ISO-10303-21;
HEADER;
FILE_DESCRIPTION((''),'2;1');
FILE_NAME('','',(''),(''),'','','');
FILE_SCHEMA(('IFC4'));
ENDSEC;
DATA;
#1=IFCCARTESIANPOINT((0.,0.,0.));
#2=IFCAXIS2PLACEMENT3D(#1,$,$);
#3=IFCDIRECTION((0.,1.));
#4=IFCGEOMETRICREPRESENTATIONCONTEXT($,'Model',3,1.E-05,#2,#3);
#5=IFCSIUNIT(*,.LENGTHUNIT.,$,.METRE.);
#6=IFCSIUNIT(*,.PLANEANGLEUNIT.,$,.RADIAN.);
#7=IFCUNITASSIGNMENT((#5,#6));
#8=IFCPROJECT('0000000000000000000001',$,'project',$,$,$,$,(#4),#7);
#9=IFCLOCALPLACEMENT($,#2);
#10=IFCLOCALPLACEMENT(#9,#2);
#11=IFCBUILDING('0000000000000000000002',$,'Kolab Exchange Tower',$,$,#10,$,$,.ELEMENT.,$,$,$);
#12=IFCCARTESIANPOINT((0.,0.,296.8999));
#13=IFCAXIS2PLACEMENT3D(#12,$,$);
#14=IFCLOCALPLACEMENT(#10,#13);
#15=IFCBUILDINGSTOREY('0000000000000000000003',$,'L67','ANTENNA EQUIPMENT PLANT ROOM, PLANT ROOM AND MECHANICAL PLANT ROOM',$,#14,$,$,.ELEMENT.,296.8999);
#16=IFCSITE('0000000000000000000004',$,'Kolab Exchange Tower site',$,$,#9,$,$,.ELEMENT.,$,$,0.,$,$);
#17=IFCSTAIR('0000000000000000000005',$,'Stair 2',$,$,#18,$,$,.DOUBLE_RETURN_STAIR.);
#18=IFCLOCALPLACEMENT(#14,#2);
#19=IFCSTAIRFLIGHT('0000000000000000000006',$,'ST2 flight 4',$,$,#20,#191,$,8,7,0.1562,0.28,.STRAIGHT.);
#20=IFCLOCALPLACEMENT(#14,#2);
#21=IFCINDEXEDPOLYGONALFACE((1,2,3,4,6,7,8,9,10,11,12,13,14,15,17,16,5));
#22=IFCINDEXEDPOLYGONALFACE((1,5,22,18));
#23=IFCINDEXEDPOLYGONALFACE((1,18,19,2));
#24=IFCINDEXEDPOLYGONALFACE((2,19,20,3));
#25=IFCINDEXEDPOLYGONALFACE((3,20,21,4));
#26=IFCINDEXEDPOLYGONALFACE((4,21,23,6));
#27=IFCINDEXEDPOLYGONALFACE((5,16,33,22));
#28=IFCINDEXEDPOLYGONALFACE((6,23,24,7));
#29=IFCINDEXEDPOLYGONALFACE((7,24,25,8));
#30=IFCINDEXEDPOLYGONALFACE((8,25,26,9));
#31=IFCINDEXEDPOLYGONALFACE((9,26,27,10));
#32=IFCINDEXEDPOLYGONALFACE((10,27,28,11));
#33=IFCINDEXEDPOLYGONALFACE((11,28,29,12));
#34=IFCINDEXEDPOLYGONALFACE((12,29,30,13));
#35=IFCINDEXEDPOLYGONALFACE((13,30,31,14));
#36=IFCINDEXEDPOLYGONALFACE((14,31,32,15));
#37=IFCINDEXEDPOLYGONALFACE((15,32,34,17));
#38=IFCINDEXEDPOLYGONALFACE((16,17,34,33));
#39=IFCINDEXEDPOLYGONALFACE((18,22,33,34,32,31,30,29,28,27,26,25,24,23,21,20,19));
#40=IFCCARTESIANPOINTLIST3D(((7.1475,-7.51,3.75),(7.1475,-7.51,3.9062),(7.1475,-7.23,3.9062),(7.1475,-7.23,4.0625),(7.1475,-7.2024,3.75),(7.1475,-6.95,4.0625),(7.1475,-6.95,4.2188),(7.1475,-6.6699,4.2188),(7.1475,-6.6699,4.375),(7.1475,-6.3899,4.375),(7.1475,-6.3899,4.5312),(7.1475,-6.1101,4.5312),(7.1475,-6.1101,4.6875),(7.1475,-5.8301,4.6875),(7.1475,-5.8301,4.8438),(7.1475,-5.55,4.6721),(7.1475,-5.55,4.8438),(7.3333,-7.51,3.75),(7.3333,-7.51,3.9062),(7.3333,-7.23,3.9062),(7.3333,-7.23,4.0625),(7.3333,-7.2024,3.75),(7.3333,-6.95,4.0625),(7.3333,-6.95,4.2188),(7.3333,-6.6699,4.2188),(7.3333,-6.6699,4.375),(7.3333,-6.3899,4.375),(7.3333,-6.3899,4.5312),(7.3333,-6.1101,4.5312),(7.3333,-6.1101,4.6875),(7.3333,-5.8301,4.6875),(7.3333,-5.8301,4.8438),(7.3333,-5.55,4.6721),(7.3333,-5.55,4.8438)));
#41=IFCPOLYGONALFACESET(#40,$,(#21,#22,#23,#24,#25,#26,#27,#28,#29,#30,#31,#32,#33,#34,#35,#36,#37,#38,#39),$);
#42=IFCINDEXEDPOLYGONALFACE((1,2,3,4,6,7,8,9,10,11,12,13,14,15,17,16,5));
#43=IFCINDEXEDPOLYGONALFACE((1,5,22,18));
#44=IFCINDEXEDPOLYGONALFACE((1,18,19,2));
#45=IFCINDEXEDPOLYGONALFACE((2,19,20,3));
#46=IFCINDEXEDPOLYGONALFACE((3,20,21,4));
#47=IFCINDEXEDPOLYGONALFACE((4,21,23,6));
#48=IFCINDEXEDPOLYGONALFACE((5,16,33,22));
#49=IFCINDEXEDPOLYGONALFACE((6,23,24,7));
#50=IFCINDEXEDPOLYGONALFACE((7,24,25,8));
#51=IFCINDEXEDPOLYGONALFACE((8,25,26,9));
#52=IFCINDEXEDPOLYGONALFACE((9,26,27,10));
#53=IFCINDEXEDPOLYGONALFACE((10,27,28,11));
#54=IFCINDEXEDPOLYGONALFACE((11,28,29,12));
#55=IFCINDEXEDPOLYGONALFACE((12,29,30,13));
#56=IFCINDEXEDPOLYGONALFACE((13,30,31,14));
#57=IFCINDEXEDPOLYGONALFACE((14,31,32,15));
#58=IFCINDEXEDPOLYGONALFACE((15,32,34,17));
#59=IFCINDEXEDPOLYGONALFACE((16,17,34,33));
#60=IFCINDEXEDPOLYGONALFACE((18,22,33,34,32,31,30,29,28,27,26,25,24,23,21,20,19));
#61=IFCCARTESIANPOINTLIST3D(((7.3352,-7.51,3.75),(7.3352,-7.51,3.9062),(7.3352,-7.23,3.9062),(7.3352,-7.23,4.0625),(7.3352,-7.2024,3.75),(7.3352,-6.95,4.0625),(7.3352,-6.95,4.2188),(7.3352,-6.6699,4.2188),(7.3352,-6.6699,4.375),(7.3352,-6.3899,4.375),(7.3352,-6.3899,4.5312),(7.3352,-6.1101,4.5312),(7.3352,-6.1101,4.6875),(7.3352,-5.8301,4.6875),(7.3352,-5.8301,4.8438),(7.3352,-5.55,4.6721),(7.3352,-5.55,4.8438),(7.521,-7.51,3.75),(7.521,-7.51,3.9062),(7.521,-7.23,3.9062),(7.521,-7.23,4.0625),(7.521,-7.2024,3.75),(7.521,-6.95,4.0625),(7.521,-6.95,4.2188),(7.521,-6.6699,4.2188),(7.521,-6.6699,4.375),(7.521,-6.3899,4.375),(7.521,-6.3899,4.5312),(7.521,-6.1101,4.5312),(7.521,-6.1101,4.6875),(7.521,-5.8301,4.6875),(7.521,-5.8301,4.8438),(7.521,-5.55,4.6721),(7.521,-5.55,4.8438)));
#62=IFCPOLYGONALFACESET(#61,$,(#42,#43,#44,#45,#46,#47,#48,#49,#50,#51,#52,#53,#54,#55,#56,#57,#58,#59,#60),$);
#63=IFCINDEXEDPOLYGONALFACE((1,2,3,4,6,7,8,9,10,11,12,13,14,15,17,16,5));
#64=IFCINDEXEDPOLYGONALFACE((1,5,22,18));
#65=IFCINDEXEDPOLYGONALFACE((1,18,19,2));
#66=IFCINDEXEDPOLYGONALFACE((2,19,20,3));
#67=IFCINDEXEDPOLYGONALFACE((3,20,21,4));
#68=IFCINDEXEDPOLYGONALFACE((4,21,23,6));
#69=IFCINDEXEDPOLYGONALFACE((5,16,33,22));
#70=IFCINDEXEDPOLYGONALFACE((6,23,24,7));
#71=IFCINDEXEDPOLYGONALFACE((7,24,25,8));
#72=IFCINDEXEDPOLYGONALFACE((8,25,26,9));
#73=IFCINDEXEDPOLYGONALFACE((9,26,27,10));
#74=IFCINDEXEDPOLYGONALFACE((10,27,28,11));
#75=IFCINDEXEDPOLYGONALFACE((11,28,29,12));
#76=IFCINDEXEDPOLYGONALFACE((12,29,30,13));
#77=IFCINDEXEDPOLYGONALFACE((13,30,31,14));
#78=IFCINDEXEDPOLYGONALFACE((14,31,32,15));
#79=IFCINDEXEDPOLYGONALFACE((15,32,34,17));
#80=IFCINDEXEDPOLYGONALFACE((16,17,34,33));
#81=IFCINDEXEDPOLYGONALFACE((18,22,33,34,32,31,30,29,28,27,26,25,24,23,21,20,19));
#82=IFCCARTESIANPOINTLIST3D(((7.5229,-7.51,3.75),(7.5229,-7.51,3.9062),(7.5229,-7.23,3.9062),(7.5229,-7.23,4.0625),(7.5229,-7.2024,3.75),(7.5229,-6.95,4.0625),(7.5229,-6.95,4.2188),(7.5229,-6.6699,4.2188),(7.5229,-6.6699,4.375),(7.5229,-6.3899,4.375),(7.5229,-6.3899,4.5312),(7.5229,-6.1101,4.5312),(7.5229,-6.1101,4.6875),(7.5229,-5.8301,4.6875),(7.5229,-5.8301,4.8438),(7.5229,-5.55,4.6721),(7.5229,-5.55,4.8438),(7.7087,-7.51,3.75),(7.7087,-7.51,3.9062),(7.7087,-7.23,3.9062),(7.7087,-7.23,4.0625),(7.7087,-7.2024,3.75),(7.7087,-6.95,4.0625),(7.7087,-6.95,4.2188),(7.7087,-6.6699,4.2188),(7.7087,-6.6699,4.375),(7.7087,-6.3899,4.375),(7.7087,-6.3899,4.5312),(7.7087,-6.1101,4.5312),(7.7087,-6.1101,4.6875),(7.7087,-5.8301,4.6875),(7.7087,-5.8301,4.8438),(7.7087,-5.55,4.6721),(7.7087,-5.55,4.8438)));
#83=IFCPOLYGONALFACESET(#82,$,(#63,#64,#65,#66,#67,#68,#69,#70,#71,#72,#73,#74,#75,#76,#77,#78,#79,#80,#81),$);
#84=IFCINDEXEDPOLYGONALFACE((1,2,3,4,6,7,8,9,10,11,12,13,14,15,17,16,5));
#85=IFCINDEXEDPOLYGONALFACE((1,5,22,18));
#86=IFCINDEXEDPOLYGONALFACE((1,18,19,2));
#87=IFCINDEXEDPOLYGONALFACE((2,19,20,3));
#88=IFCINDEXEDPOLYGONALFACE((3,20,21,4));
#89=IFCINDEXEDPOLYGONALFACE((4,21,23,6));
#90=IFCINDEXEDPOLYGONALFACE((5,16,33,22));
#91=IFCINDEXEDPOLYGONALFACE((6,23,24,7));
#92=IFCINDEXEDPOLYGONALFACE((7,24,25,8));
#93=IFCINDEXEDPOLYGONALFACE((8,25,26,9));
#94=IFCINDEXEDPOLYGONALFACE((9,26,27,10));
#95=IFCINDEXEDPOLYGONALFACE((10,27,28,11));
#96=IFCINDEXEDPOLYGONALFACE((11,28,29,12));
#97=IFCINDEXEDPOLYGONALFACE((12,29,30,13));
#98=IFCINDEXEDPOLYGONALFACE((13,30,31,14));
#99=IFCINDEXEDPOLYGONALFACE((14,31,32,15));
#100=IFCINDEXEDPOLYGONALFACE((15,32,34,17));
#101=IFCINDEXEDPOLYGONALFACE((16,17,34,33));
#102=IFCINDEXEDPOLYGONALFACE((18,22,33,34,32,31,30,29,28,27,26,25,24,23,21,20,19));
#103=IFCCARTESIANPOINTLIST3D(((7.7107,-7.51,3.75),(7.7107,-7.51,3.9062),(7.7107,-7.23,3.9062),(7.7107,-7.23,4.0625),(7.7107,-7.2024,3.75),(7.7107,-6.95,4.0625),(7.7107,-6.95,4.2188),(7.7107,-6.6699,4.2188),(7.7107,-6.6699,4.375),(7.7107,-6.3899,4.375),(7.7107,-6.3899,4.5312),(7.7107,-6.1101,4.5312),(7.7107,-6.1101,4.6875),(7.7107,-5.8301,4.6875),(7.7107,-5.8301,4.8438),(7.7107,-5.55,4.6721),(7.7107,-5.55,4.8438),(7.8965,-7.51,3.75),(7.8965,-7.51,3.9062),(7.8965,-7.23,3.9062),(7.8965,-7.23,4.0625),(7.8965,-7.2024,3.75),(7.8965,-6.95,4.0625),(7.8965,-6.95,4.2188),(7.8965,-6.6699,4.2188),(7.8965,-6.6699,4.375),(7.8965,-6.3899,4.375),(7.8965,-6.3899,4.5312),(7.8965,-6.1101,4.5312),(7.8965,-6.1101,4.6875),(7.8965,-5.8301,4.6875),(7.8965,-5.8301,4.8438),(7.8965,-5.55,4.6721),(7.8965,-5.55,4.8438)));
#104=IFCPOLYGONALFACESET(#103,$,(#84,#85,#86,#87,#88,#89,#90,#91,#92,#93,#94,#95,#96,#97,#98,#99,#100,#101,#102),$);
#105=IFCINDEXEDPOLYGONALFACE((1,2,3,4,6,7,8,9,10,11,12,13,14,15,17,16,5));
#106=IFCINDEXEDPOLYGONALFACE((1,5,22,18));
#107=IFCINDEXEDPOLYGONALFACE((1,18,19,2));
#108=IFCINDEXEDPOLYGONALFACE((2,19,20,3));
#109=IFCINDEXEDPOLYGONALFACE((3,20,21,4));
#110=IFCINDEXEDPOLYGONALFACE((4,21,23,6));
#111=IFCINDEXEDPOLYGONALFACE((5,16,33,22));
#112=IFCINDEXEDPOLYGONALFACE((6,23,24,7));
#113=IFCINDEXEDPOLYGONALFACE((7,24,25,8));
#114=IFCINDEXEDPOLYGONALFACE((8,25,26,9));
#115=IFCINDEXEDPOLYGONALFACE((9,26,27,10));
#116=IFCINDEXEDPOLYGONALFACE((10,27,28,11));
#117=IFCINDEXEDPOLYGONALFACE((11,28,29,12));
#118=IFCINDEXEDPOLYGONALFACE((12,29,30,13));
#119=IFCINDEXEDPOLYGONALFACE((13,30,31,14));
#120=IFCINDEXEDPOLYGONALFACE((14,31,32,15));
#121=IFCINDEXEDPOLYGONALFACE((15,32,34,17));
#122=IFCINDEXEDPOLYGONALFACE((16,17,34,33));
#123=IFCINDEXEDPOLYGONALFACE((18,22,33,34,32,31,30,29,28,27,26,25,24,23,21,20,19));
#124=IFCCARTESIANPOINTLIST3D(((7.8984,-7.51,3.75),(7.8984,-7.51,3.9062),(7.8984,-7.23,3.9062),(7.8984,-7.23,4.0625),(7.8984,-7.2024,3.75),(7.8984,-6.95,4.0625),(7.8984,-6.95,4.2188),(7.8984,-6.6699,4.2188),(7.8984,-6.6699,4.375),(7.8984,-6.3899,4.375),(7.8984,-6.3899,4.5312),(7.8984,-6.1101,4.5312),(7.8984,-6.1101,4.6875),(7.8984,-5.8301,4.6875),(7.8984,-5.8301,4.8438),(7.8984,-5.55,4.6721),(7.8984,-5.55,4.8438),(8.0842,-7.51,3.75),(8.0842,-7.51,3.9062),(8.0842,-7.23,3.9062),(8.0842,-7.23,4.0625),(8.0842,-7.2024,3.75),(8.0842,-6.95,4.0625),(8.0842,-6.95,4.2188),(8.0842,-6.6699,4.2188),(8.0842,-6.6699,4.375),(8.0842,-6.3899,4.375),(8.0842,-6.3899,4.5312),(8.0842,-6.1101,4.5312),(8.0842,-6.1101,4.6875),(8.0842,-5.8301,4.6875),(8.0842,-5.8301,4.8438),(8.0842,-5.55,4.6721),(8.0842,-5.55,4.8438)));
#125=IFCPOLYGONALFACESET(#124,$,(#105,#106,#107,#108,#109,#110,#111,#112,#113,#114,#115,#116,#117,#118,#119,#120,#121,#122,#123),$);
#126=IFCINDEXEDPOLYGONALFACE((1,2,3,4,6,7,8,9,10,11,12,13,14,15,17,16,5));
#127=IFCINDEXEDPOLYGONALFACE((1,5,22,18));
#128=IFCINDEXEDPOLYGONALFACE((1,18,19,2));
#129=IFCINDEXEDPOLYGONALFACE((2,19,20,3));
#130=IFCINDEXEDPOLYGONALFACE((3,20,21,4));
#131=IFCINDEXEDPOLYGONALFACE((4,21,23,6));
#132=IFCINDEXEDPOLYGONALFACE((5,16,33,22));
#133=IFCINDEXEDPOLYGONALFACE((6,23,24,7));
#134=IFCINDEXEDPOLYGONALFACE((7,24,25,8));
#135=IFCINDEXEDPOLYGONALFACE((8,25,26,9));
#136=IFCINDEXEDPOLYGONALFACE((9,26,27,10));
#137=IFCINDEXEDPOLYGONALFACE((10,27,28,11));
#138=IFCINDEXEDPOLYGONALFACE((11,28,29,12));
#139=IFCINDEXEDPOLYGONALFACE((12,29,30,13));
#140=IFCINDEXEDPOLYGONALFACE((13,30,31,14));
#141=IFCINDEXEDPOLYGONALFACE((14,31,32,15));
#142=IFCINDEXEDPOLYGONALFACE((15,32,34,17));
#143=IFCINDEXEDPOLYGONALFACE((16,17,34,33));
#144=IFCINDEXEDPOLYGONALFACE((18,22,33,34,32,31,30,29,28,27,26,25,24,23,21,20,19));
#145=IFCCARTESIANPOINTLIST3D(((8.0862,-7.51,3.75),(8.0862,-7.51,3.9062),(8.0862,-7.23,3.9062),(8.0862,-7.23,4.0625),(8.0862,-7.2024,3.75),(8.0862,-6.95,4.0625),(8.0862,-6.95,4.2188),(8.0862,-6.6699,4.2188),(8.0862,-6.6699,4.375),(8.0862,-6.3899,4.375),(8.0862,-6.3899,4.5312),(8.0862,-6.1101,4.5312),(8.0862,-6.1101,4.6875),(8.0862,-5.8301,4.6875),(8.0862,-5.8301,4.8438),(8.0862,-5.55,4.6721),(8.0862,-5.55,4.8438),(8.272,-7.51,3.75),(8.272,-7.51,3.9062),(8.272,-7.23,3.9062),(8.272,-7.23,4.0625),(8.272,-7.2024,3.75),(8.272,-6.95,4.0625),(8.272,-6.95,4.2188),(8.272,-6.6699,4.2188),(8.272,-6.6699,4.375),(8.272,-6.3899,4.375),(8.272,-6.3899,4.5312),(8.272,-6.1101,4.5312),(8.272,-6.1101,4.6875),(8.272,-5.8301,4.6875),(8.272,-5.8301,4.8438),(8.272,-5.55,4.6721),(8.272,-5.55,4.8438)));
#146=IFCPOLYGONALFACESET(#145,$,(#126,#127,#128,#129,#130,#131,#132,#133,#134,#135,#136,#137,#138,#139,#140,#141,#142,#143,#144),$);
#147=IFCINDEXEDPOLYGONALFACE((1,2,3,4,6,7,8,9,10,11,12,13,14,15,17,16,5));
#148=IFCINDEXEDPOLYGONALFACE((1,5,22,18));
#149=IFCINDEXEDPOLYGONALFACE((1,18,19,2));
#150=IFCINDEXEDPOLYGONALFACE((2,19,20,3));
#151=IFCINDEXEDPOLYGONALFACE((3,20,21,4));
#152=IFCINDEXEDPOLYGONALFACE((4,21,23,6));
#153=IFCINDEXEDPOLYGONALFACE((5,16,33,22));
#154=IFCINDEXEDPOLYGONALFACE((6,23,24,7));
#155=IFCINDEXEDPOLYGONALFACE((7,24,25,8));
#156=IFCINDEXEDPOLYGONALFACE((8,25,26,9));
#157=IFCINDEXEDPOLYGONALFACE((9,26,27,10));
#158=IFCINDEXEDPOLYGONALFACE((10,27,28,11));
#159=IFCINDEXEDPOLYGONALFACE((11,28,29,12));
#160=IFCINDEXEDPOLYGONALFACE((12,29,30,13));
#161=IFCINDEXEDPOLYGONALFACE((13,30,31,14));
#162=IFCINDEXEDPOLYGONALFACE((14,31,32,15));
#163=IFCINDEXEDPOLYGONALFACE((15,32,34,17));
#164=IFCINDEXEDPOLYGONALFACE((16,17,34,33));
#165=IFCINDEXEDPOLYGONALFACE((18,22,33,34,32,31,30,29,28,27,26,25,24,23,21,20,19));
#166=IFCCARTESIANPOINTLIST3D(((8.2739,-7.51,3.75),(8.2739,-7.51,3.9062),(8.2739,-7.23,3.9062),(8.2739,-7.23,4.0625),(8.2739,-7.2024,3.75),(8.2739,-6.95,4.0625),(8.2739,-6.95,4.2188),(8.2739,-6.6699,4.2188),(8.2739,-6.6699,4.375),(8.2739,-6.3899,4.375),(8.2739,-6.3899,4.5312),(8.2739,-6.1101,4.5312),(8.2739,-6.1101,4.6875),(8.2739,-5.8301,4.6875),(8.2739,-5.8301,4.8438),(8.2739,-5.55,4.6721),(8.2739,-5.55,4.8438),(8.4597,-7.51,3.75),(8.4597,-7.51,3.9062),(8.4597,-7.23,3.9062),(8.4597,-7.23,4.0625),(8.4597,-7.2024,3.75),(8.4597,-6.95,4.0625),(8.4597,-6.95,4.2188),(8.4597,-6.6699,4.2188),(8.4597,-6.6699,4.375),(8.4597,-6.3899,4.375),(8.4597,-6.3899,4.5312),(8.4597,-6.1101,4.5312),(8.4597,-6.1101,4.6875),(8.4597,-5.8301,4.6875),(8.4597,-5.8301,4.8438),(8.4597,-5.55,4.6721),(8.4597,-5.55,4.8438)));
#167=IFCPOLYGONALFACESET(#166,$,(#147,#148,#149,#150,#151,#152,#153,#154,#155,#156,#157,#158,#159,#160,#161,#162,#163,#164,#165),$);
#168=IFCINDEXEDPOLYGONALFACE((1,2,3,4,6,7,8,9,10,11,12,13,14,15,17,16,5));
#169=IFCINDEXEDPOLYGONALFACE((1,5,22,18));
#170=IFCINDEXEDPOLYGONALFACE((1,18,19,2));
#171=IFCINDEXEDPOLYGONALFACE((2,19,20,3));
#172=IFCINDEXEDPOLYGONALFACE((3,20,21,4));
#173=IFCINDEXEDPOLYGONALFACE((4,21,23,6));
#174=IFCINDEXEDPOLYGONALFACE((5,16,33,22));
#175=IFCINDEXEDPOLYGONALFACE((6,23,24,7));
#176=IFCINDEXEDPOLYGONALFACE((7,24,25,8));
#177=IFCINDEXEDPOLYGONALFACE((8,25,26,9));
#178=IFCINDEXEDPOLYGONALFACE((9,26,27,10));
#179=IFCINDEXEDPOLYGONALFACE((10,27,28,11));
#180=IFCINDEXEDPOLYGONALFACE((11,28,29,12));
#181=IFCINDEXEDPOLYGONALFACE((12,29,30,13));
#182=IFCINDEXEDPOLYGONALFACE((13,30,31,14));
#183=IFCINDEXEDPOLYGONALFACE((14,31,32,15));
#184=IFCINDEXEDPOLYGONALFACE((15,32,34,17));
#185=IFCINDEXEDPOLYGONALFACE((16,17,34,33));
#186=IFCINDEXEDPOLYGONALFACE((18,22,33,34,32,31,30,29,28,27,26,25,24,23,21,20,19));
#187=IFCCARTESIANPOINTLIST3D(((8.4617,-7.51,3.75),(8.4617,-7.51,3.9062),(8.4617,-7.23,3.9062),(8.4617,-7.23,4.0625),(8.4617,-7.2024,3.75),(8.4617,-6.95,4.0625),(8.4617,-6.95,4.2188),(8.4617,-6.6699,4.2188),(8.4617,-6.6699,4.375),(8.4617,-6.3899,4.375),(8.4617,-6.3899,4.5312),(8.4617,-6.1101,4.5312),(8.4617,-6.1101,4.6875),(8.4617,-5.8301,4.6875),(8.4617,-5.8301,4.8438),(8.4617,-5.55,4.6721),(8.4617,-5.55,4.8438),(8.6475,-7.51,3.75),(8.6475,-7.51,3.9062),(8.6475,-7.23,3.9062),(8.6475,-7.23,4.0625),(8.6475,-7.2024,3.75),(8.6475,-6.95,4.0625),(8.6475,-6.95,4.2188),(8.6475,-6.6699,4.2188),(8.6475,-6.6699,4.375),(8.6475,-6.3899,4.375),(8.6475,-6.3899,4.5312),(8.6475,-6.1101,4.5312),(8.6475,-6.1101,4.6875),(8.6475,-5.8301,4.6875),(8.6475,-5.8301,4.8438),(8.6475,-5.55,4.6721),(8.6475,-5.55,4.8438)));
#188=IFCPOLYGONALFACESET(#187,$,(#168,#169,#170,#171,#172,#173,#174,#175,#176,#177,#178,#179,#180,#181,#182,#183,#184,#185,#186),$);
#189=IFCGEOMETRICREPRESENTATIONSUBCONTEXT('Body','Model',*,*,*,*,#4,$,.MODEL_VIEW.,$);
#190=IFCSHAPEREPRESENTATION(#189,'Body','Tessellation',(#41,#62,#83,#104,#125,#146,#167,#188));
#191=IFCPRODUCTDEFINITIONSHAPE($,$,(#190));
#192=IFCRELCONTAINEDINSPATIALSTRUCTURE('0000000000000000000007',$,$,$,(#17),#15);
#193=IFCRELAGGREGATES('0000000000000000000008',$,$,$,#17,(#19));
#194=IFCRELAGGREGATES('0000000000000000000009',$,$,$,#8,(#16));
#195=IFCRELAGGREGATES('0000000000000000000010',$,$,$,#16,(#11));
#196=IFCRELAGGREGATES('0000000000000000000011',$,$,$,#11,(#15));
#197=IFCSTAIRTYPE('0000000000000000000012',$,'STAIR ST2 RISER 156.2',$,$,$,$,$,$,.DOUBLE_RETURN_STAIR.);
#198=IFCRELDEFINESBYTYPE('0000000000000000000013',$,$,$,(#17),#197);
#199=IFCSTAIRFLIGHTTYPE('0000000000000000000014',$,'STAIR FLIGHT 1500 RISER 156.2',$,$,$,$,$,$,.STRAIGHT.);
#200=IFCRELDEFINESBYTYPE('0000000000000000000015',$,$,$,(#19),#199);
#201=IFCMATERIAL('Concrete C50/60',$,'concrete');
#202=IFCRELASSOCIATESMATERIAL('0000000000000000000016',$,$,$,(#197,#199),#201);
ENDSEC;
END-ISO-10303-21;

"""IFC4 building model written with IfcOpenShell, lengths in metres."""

from ifc_helpers import new_model, si_unit, direction, frame, origin, place, context, subcontext, project, spatial, polyline, outline, extrude, material, type_object, element, aggregate, save


model = new_model("IFC4")

# Units and contexts
model_context = context("Model", 3, precision=1e-05, world=origin(), true_north=direction((0.0, 1.0)))
body_context = subcontext(model_context, "Body", "Model", "MODEL_VIEW")
ifc_project = project(units=[si_unit("LENGTHUNIT", "METRE"), si_unit("PLANEANGLEUNIT", "RADIAN")], contexts=[model_context])

# Site, building, storey
site_placement = place(None, origin())
site = spatial("IfcSite", under=ifc_project, at=site_placement, Name="Kolab Exchange Tower site", CompositionType="ELEMENT", RefElevation=0.0)
building_placement = place(site_placement, origin())
building = spatial("IfcBuilding", under=site, at=building_placement, Name="Kolab Exchange Tower", CompositionType="ELEMENT")
storey_placement = place(building_placement, frame((0.0, 0.0, 296.8999)))
storey = spatial("IfcBuildingStorey", under=building, at=storey_placement, Name="L67", Description="ANTENNA EQUIPMENT PLANT ROOM, PLANT ROOM AND MECHANICAL PLANT ROOM", CompositionType="ELEMENT", Elevation=296.8999)

# Shared definitions
ifc_material_1 = material(Name="Concrete C50/60", Category="concrete")

# Stair, stair flight
stair_type = type_object("IfcStairType", Name="STAIR ST2 RISER 156.2", PredefinedType="DOUBLE_RETURN_STAIR", material=ifc_material_1)
stair_placement = place(storey_placement, origin())
stair = element("IfcStair", 1, at=stair_placement, inside=storey, type_object=stair_type, Name="Stair 2", PredefinedType="DOUBLE_RETURN_STAIR")
stair_flight_type = type_object("IfcStairFlightType", Name="STAIR FLIGHT 1500 RISER 156.2", PredefinedType="STRAIGHT", material=ifc_material_1)
stair_flight_1_placement = place(storey_placement, frame((7.8975, -7.51, 3.75), z_axis=(0.0, 0.0, 1.0), x_axis=(0.0, 1.0, 0.0)))
stair_flight_1 = element("IfcStairFlight", 2, at=stair_flight_1_placement, type_object=stair_flight_type, Name="ST2 flight 4", NumberOfRisers=8, NumberOfTreads=7, PredefinedType="STRAIGHT", RiserHeight=0.1562, TreadLength=0.28, context=body_context, shape_type="SweptSolid", body=[
    extrude(outline(polyline([(0.0, 0.0), (0.0, 0.1562), (0.28, 0.1562), (0.28, 0.3125), (0.5601, 0.3125), (0.5601, 0.4688), (0.8401, 0.4688), (0.8401, 0.625), (1.1201, 0.625), (1.1201, 0.7812), (1.3999, 0.7812), (1.3999, 0.9375), (1.6799, 0.9375), (1.6799, 1.0938), (1.96, 1.0938), (1.96, 1.25), (1.96, 0.9221), (0.3076, 0.0), (0.0, 0.0)])), frame((0.0, 0.75, 0.0), z_axis=(0.0, -1.0, 0.0), x_axis=(1.0, 0.0, 0.0)), (0.0, 0.0, 1.0), 0.1858),
    extrude(outline(polyline([(0.0, 0.0), (0.0, 0.1562), (0.28, 0.1562), (0.28, 0.3125), (0.5601, 0.3125), (0.5601, 0.4688), (0.8401, 0.4688), (0.8401, 0.625), (1.1201, 0.625), (1.1201, 0.7812), (1.3999, 0.7812), (1.3999, 0.9375), (1.6799, 0.9375), (1.6799, 1.0938), (1.96, 1.0938), (1.96, 1.25), (1.96, 0.9221), (0.3076, 0.0), (0.0, 0.0)])), frame((0.0, 0.5623, 0.0), z_axis=(0.0, -1.0, 0.0), x_axis=(1.0, 0.0, 0.0)), (0.0, 0.0, 1.0), 0.1858),
    extrude(outline(polyline([(0.0, 0.0), (0.0, 0.1562), (0.28, 0.1562), (0.28, 0.3125), (0.5601, 0.3125), (0.5601, 0.4688), (0.8401, 0.4688), (0.8401, 0.625), (1.1201, 0.625), (1.1201, 0.7812), (1.3999, 0.7812), (1.3999, 0.9375), (1.6799, 0.9375), (1.6799, 1.0938), (1.96, 1.0938), (1.96, 1.25), (1.96, 0.9221), (0.3076, 0.0), (0.0, 0.0)])), frame((0.0, 0.3745, 0.0), z_axis=(0.0, -1.0, 0.0), x_axis=(1.0, 0.0, 0.0)), (0.0, 0.0, 1.0), 0.1858),
    extrude(outline(polyline([(0.0, 0.0), (0.0, 0.1562), (0.28, 0.1562), (0.28, 0.3125), (0.5601, 0.3125), (0.5601, 0.4688), (0.8401, 0.4688), (0.8401, 0.625), (1.1201, 0.625), (1.1201, 0.7812), (1.3999, 0.7812), (1.3999, 0.9375), (1.6799, 0.9375), (1.6799, 1.0938), (1.96, 1.0938), (1.96, 1.25), (1.96, 0.9221), (0.3076, 0.0), (0.0, 0.0)])), frame((0.0, 0.1868, 0.0), z_axis=(0.0, -1.0, 0.0), x_axis=(1.0, 0.0, 0.0)), (0.0, 0.0, 1.0), 0.1858),
    extrude(outline(polyline([(0.0, 0.0), (0.0, 0.1562), (0.28, 0.1562), (0.28, 0.3125), (0.5601, 0.3125), (0.5601, 0.4688), (0.8401, 0.4688), (0.8401, 0.625), (1.1201, 0.625), (1.1201, 0.7812), (1.3999, 0.7812), (1.3999, 0.9375), (1.6799, 0.9375), (1.6799, 1.0938), (1.96, 1.0938), (1.96, 1.25), (1.96, 0.9221), (0.3076, 0.0), (0.0, 0.0)])), frame((0.0, -0.001, 0.0), z_axis=(0.0, -1.0, 0.0), x_axis=(1.0, 0.0, 0.0)), (0.0, 0.0, 1.0), 0.1858),
    extrude(outline(polyline([(0.0, 0.0), (0.0, 0.1562), (0.28, 0.1562), (0.28, 0.3125), (0.5601, 0.3125), (0.5601, 0.4688), (0.8401, 0.4688), (0.8401, 0.625), (1.1201, 0.625), (1.1201, 0.7812), (1.3999, 0.7812), (1.3999, 0.9375), (1.6799, 0.9375), (1.6799, 1.0938), (1.96, 1.0938), (1.96, 1.25), (1.96, 0.9221), (0.3076, 0.0), (0.0, 0.0)])), frame((0.0, -0.1887, 0.0), z_axis=(0.0, -1.0, 0.0), x_axis=(1.0, 0.0, 0.0)), (0.0, 0.0, 1.0), 0.1858),
    extrude(outline(polyline([(0.0, 0.0), (0.0, 0.1562), (0.28, 0.1562), (0.28, 0.3125), (0.5601, 0.3125), (0.5601, 0.4688), (0.8401, 0.4688), (0.8401, 0.625), (1.1201, 0.625), (1.1201, 0.7812), (1.3999, 0.7812), (1.3999, 0.9375), (1.6799, 0.9375), (1.6799, 1.0938), (1.96, 1.0938), (1.96, 1.25), (1.96, 0.9221), (0.3076, 0.0), (0.0, 0.0)])), frame((0.0, -0.3765, 0.0), z_axis=(0.0, -1.0, 0.0), x_axis=(1.0, 0.0, 0.0)), (0.0, 0.0, 1.0), 0.1858),
    extrude(outline(polyline([(0.0, 0.0), (0.0, 0.1562), (0.28, 0.1562), (0.28, 0.3125), (0.5601, 0.3125), (0.5601, 0.4688), (0.8401, 0.4688), (0.8401, 0.625), (1.1201, 0.625), (1.1201, 0.7812), (1.3999, 0.7812), (1.3999, 0.9375), (1.6799, 0.9375), (1.6799, 1.0938), (1.96, 1.0938), (1.96, 1.25), (1.96, 0.9221), (0.3076, 0.0), (0.0, 0.0)])), frame((0.0, -0.5642, 0.0), z_axis=(0.0, -1.0, 0.0), x_axis=(1.0, 0.0, 0.0)), (0.0, 0.0, 1.0), 0.1858),
])
aggregate(stair, [stair_flight_1])

save(model, "model.ifc")
